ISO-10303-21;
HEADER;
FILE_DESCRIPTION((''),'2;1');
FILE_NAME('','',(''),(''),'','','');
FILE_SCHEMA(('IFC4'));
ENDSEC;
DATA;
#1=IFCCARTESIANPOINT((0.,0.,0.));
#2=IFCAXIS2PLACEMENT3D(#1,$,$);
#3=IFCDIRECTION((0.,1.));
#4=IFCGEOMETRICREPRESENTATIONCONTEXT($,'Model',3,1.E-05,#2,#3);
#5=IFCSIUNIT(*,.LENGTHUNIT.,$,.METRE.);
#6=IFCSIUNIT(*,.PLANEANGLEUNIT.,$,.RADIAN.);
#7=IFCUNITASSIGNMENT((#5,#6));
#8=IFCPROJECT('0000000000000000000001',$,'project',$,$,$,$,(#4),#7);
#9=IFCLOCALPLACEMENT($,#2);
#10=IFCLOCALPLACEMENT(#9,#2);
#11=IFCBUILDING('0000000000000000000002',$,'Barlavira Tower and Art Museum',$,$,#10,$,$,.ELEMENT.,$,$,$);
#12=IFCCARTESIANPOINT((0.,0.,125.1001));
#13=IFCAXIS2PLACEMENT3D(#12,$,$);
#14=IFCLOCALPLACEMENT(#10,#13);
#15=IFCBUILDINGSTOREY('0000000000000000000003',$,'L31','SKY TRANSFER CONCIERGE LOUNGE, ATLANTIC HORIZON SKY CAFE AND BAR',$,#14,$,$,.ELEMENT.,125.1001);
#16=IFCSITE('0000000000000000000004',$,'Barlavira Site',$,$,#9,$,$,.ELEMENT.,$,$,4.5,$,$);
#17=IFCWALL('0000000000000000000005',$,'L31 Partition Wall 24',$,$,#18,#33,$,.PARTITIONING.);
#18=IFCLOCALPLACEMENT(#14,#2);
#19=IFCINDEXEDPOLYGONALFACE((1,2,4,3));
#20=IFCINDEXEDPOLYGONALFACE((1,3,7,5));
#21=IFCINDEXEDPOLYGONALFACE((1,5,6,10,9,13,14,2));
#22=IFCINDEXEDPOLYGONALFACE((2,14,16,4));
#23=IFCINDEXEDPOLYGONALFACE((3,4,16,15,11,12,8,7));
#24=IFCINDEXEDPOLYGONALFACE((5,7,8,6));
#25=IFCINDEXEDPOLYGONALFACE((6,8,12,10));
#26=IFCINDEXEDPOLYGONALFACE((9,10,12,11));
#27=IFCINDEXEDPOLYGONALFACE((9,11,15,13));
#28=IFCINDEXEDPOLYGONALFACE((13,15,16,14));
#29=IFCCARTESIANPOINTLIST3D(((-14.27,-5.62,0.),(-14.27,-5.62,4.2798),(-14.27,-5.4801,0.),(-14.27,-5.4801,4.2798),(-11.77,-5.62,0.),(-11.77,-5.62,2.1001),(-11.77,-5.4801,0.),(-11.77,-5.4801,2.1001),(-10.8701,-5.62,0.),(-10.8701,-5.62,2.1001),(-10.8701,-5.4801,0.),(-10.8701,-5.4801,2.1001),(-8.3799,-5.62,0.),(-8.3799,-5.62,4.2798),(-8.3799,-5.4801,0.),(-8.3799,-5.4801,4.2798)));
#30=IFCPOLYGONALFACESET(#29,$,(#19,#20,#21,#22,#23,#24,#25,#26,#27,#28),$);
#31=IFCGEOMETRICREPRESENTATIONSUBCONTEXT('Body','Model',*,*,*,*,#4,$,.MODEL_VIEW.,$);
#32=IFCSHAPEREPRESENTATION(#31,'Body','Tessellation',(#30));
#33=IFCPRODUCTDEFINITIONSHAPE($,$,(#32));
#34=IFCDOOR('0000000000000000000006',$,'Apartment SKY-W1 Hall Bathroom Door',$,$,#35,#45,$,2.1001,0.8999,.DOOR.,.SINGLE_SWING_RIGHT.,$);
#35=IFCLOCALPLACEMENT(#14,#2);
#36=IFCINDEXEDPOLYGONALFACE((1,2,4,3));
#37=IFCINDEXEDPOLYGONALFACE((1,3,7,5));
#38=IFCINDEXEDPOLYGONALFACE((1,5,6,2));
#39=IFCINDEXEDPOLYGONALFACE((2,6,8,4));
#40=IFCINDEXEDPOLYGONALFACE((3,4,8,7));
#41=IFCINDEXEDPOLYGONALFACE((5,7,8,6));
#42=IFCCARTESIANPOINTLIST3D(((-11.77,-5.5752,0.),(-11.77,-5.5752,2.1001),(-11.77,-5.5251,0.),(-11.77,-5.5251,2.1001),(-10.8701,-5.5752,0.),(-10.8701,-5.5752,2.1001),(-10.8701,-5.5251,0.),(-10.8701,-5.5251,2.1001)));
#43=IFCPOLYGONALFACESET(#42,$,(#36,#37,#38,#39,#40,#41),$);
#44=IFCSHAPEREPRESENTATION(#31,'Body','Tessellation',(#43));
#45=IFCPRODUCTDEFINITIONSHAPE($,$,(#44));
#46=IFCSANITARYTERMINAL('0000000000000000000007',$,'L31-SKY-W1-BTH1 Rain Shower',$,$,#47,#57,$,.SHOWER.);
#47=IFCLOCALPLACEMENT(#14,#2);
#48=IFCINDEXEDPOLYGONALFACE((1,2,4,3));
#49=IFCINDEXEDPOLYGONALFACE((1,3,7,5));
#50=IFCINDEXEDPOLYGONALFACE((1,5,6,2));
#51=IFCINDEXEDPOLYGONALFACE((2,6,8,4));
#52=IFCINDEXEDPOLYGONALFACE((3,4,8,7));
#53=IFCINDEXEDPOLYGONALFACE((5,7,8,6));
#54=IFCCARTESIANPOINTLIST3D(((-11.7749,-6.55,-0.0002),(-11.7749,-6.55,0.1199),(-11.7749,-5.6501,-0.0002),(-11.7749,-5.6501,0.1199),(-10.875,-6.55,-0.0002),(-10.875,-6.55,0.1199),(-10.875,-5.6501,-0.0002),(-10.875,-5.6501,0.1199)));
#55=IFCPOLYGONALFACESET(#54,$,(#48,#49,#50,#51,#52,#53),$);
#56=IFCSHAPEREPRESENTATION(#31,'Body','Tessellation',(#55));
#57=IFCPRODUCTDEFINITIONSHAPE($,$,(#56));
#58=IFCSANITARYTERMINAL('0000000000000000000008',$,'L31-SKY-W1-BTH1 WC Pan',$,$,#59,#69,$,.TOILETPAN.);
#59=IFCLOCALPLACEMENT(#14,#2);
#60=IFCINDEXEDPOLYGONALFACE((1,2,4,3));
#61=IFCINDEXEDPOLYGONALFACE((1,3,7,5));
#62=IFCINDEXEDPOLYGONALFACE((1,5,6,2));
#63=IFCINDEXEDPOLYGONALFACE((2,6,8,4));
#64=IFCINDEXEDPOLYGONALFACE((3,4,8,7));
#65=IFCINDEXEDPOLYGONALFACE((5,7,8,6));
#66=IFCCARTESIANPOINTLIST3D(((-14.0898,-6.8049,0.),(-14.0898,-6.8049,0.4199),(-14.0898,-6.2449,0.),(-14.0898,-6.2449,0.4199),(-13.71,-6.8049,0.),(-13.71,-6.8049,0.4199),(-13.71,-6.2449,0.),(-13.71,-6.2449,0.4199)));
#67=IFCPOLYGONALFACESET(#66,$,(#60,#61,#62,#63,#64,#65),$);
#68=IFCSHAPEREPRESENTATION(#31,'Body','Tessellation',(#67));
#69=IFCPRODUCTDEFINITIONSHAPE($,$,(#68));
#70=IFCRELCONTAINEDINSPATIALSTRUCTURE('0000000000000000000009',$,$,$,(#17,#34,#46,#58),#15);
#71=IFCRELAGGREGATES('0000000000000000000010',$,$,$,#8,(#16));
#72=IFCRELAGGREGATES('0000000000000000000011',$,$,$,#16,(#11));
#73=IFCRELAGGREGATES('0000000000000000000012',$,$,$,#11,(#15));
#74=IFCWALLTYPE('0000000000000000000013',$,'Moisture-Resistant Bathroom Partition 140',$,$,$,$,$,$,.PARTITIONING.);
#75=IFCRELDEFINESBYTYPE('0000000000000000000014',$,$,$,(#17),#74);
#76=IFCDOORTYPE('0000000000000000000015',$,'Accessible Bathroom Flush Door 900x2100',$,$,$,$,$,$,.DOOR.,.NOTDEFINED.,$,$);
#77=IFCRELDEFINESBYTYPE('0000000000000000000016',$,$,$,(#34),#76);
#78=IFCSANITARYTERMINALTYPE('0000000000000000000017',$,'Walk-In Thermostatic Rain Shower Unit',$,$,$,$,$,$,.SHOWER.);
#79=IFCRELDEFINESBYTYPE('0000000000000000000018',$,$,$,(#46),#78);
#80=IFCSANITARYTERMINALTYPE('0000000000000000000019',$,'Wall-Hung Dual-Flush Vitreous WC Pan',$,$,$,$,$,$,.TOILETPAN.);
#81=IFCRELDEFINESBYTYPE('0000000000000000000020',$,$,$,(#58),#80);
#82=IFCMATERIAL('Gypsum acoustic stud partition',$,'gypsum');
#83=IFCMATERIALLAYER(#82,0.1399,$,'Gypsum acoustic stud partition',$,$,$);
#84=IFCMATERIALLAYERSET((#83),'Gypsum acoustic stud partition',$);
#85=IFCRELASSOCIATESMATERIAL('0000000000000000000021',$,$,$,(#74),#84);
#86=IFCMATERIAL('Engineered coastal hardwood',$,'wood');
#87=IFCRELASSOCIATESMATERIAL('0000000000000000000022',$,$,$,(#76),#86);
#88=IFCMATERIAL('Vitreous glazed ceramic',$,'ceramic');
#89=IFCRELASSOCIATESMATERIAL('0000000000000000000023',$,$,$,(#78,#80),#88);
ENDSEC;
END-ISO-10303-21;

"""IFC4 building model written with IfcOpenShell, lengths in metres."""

from ifc_helpers import new_model, si_unit, direction, frame, frame_2d, origin, origin_2d, place, context, subcontext, project, spatial, rectangle, extrude, material, layer, layer_set, type_object, element, fill, save


model = new_model("IFC4")

# Units and contexts
model_context = context("Model", 3, precision=1e-05, world=origin(), true_north=direction((0.0, 1.0)))
body_context = subcontext(model_context, "Body", "Model", "MODEL_VIEW")
ifc_project = project(units=[si_unit("LENGTHUNIT", "METRE"), si_unit("PLANEANGLEUNIT", "RADIAN")], contexts=[model_context])

# Site, building, storey
site_placement = place(None, origin())
site = spatial("IfcSite", under=ifc_project, at=site_placement, Name="Barlavira Site", CompositionType="ELEMENT", RefElevation=4.5)
building_placement = place(site_placement, origin())
building = spatial("IfcBuilding", under=site, at=building_placement, Name="Barlavira Tower and Art Museum", CompositionType="ELEMENT")
storey_placement = place(building_placement, frame((0.0, 0.0, 125.1001)))
storey = spatial("IfcBuildingStorey", under=building, at=storey_placement, Name="L31", Description="SKY TRANSFER CONCIERGE LOUNGE, ATLANTIC HORIZON SKY CAFE AND BAR", CompositionType="ELEMENT", Elevation=125.1001)

# Shared definitions
ifc_material_1 = material(Name="Gypsum acoustic stud partition", Category="gypsum")
ifc_material_2 = material(Name="Engineered coastal hardwood", Category="wood")

# Wall, opening, door
ifc_layer_1 = layer(ifc_material_1, 0.1399, Name="Gypsum acoustic stud partition")
ifc_layer_set_1 = layer_set([ifc_layer_1], Name="Gypsum acoustic stud partition")
wall_type_1 = type_object("IfcWallType", Name="Moisture-Resistant Bathroom Partition 140", PredefinedType="PARTITIONING", material=ifc_layer_set_1)
wall_1_placement = place(storey_placement, frame((-14.27, -5.55, 0.0), z_axis=(0.0, 0.0, 1.0), x_axis=(1.0, 0.0, 0.0)))
wall_1 = element("IfcWall", 1, at=wall_1_placement, inside=storey, type_object=wall_type_1, Name="L31 Partition Wall 24", PredefinedType="PARTITIONING", context=body_context, shape_type="SweptSolid", body=[
    extrude(rectangle(XDim=5.8901, YDim=0.1399, at=frame_2d((2.9451, 0.0))), origin(), (0.0, 0.0, 1.0), 4.2798),
])
opening_1_placement = place(wall_1_placement, frame((2.5, 0.0, 0.0)))
opening_1 = element("IfcOpeningElement", 2, at=opening_1_placement, cuts=wall_1, PredefinedType="OPENING", context=body_context, shape_type="SweptSolid", body=[
    extrude(rectangle(XDim=0.8999, YDim=2.1001, at=frame_2d((0.45, 1.05))), frame((0.0, 0.0801, 0.0), z_axis=(0.0, -1.0, 0.0), x_axis=(1.0, 0.0, 0.0)), (0.0, 0.0, 1.0), 0.1599),
])
door_type_1 = type_object("IfcDoorType", Name="Accessible Bathroom Flush Door 900x2100", OperationType="NOTDEFINED", PredefinedType="DOOR", material=ifc_material_2)
door_1_placement = place(opening_1_placement, origin())
door_1 = element("IfcDoor", 3, at=door_1_placement, inside=storey, type_object=door_type_1, Name="Apartment SKY-W1 Hall Bathroom Door", OperationType="SINGLE_SWING_RIGHT", OverallHeight=2.1001, OverallWidth=0.8999, PredefinedType="DOOR", context=body_context, shape_type="SweptSolid", body=[
    extrude(rectangle(XDim=0.8999, YDim=2.1001, at=frame_2d((0.45, 1.05))), frame((0.0, 0.0249, 0.0), z_axis=(0.0, -1.0, 0.0), x_axis=(1.0, 0.0, 0.0)), (0.0, 0.0, 1.0), 0.05),
])
fill(opening_1, door_1)

# Sanitary terminals
ifc_material_3 = material(Name="Vitreous glazed ceramic", Category="ceramic")
sanitary_terminal_type_1 = type_object("IfcSanitaryTerminalType", Name="Walk-In Thermostatic Rain Shower Unit", PredefinedType="SHOWER", material=ifc_material_3)
sanitary_terminal_1_placement = place(storey_placement, frame((-11.325, -6.1001, -0.0002), z_axis=(0.0, 0.0, 1.0), x_axis=(1.0, 0.0, 0.0)))
element("IfcSanitaryTerminal", 4, at=sanitary_terminal_1_placement, inside=storey, type_object=sanitary_terminal_type_1, Name="L31-SKY-W1-BTH1 Rain Shower", PredefinedType="SHOWER", context=body_context, shape_type="SweptSolid", body=[
    extrude(rectangle(XDim=0.8999, YDim=0.8999, at=origin_2d()), origin(), (0.0, 0.0, 1.0), 0.1201),
])
sanitary_terminal_type_2 = type_object("IfcSanitaryTerminalType", Name="Wall-Hung Dual-Flush Vitreous WC Pan", PredefinedType="TOILETPAN", material=ifc_material_3)
sanitary_terminal_2_placement = place(storey_placement, frame((-13.8999, -6.5249, 0.0), z_axis=(0.0, 0.0, 1.0), x_axis=(1.0, 0.0, 0.0)))
element("IfcSanitaryTerminal", 5, at=sanitary_terminal_2_placement, inside=storey, type_object=sanitary_terminal_type_2, Name="L31-SKY-W1-BTH1 WC Pan", PredefinedType="TOILETPAN", context=body_context, shape_type="SweptSolid", body=[
    extrude(rectangle(XDim=0.3799, YDim=0.5601, at=origin_2d()), origin(), (0.0, 0.0, 1.0), 0.4199),
])

save(model, "model.ifc")
